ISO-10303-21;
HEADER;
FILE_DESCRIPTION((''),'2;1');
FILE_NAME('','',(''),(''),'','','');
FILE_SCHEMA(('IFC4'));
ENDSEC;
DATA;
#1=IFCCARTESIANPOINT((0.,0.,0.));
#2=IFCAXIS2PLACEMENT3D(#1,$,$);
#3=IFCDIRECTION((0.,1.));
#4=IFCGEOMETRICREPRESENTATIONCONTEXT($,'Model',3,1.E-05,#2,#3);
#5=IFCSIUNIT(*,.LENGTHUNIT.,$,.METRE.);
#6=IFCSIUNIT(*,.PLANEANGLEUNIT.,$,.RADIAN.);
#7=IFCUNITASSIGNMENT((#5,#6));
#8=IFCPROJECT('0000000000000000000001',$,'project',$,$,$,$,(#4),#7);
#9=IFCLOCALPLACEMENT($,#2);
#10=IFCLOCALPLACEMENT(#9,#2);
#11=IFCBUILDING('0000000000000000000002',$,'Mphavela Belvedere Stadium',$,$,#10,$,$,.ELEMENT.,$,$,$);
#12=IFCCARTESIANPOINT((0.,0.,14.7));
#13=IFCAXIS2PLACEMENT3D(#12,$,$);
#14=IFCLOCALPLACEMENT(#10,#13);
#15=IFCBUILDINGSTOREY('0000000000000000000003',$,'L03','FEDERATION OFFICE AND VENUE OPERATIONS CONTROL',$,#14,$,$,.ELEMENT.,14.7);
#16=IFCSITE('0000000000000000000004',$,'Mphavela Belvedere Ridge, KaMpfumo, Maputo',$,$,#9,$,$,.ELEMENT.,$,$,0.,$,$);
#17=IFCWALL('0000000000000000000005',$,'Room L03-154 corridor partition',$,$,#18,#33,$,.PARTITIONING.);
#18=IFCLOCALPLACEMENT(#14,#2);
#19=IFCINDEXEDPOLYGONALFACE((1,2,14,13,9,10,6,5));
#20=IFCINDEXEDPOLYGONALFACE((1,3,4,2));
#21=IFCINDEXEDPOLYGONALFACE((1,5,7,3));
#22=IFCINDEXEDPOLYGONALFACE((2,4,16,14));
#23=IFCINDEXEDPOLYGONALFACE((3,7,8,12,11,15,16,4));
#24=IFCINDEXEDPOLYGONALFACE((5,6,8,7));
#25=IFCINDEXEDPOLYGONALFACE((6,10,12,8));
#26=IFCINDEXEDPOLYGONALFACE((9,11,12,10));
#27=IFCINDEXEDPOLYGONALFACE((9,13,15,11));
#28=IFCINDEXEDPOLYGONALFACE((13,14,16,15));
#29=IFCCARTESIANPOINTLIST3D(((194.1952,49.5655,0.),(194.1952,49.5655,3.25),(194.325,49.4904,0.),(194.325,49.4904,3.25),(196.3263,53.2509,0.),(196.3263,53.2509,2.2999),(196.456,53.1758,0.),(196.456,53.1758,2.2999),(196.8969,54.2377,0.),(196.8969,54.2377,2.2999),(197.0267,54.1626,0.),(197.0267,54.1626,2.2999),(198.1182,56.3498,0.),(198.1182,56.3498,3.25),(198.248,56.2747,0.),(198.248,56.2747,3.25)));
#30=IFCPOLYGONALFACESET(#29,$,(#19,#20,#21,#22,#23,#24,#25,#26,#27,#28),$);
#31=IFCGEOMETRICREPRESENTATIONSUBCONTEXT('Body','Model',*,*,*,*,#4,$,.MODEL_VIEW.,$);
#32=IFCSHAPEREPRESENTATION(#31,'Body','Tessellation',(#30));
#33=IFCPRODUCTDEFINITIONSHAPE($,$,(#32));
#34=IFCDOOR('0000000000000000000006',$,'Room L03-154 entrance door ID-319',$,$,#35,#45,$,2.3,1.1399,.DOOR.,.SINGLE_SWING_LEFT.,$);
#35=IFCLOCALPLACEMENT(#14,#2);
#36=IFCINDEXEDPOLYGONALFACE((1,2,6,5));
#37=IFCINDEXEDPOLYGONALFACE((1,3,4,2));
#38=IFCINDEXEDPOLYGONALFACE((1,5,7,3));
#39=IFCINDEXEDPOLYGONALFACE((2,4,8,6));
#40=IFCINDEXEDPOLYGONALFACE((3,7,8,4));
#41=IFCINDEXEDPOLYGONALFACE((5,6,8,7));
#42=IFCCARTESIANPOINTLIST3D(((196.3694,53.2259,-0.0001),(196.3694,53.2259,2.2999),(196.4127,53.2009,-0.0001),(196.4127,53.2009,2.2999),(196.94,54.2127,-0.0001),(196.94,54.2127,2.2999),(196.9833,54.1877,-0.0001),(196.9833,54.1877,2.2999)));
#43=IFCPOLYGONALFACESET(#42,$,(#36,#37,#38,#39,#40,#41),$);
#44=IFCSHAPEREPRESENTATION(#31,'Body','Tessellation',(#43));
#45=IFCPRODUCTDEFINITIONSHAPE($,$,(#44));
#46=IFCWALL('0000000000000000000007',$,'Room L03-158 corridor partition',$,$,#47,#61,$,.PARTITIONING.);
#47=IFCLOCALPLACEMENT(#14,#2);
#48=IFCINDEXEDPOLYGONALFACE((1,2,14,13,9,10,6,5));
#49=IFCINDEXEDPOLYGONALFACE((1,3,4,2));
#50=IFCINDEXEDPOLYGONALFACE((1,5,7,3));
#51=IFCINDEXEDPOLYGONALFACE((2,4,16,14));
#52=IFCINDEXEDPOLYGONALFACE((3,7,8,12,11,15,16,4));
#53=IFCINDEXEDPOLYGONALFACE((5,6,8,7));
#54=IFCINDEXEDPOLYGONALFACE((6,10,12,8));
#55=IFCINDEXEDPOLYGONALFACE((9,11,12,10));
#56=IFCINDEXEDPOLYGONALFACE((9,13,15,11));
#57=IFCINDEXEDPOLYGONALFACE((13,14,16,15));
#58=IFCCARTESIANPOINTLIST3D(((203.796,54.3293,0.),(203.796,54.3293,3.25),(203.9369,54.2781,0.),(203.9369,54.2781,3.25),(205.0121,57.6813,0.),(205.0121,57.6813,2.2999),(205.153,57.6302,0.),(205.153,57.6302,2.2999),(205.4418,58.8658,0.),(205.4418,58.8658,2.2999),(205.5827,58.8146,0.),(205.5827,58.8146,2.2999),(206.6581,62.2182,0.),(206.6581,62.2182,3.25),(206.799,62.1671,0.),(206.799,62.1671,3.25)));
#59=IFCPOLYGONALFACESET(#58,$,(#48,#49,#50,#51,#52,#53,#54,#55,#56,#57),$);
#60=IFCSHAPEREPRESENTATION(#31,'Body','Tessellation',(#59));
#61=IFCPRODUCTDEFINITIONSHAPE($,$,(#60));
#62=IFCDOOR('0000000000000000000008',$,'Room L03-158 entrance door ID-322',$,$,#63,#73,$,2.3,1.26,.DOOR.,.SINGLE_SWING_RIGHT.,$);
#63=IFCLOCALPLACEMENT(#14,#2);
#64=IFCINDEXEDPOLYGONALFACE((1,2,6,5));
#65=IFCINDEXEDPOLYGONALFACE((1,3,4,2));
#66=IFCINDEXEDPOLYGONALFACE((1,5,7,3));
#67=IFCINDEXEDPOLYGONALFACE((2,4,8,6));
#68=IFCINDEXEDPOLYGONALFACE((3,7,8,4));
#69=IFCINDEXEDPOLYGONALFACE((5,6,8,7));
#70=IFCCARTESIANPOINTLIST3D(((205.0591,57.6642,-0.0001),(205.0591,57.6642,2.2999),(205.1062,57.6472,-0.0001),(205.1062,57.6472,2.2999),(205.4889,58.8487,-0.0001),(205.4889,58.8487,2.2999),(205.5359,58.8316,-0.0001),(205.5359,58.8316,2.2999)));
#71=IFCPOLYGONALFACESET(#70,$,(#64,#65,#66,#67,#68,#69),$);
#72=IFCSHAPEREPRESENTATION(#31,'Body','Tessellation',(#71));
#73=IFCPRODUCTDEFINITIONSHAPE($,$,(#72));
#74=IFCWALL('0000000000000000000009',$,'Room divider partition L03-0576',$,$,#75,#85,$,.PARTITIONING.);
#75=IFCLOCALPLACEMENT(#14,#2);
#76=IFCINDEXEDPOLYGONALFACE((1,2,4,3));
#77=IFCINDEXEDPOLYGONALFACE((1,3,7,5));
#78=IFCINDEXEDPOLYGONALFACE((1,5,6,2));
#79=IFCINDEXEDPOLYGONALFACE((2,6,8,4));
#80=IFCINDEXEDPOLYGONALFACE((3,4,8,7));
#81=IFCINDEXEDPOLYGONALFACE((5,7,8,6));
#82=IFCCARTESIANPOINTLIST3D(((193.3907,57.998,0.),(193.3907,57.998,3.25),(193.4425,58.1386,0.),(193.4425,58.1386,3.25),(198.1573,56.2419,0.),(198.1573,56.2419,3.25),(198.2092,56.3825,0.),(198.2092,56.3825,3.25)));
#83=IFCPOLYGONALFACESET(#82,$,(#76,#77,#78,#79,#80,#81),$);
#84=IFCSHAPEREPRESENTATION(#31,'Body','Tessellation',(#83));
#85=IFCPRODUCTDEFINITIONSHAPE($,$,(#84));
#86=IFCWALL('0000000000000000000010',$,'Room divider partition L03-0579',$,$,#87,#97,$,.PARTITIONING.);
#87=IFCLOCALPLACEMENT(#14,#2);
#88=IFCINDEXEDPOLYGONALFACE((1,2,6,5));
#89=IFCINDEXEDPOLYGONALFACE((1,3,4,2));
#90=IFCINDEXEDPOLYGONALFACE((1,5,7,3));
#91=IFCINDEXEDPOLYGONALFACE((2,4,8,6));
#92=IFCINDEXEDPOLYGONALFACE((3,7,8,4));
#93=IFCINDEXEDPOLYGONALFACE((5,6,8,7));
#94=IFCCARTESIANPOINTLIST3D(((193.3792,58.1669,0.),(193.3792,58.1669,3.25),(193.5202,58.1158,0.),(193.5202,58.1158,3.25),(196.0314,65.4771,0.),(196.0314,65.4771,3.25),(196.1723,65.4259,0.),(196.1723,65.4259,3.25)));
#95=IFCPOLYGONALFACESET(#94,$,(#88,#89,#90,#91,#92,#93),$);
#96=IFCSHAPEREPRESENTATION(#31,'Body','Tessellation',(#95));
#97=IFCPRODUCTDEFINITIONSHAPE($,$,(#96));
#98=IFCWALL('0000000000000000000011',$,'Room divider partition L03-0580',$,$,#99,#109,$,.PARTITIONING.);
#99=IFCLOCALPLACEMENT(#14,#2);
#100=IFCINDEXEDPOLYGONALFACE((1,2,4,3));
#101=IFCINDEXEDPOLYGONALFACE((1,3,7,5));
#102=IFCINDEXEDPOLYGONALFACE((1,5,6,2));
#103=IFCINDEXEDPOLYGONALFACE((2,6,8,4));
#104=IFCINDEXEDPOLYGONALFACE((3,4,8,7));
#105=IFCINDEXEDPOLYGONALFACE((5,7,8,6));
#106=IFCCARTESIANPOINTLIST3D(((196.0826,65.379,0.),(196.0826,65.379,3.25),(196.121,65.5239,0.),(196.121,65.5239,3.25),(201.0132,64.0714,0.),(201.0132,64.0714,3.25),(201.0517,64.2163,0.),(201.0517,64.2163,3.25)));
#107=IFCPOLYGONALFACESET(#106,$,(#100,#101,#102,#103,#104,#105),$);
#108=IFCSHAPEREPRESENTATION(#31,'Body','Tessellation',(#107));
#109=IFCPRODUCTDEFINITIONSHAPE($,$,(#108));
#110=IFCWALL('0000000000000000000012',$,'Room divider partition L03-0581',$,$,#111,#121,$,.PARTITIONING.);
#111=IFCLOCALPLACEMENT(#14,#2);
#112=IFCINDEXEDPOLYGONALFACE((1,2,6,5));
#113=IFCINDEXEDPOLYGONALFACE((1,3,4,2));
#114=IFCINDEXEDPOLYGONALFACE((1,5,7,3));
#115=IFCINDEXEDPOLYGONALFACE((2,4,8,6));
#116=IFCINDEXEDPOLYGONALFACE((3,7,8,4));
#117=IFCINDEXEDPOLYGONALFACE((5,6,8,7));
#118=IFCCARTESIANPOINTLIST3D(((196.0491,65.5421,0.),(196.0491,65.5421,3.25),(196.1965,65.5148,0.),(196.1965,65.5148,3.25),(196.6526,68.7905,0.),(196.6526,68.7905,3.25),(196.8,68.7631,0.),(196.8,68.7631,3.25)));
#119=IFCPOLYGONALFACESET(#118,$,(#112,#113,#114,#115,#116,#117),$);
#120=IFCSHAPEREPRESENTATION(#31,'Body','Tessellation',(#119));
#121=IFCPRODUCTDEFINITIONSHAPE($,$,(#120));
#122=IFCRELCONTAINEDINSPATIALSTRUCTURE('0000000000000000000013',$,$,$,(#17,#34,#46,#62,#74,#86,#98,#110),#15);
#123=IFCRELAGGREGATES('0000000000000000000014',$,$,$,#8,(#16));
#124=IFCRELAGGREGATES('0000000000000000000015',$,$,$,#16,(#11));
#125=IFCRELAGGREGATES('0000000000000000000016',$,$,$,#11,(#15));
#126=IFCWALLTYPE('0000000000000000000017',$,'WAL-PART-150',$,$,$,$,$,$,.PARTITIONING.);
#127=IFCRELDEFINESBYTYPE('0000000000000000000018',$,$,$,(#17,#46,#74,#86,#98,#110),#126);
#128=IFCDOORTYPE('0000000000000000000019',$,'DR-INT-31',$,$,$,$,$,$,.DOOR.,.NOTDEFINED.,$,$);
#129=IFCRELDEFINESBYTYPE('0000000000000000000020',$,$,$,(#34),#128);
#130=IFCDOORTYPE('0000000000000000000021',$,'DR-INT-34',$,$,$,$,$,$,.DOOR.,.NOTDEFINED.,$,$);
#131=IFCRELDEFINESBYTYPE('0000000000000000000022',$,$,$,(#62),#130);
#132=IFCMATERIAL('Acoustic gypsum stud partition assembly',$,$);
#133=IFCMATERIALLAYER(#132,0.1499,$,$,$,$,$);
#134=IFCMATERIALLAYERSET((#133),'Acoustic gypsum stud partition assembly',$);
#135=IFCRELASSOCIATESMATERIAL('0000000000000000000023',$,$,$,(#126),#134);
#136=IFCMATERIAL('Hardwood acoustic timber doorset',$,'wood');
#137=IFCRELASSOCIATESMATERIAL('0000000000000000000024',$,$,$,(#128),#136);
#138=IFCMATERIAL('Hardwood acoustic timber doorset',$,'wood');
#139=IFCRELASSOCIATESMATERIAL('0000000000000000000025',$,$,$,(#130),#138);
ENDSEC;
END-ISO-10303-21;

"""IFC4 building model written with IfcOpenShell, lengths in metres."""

from ifc_helpers import new_model, si_unit, direction, frame, frame_2d, origin, place, context, subcontext, project, spatial, rectangle, extrude, material, layer, layer_set, type_object, element, fill, save


model = new_model("IFC4")

# Units and contexts
model_context = context("Model", 3, precision=1e-05, world=origin(), true_north=direction((0.0, 1.0)))
body_context = subcontext(model_context, "Body", "Model", "MODEL_VIEW")
ifc_project = project(units=[si_unit("LENGTHUNIT", "METRE"), si_unit("PLANEANGLEUNIT", "RADIAN")], contexts=[model_context])

# Site, building, storey
site_placement = place(None, origin())
site = spatial("IfcSite", under=ifc_project, at=site_placement, Name="Mphavela Belvedere Ridge, KaMpfumo, Maputo", CompositionType="ELEMENT", RefElevation=0.0)
building_placement = place(site_placement, origin())
building = spatial("IfcBuilding", under=site, at=building_placement, Name="Mphavela Belvedere Stadium", CompositionType="ELEMENT")
storey_placement = place(building_placement, frame((0.0, 0.0, 14.7)))
storey = spatial("IfcBuildingStorey", under=building, at=storey_placement, Name="L03", Description="FEDERATION OFFICE AND VENUE OPERATIONS CONTROL", CompositionType="ELEMENT", Elevation=14.7)

# Walls, openings, doors
ifc_material_1 = material(Name="Acoustic gypsum stud partition assembly")
ifc_layer_1 = layer(ifc_material_1, 0.1499)
ifc_layer_set_1 = layer_set([ifc_layer_1], Name="Acoustic gypsum stud partition assembly")
wall_type_1 = type_object("IfcWallType", Name="WAL-PART-150", PredefinedType="PARTITIONING", material=ifc_layer_set_1)
wall_1_placement = place(storey_placement, frame((198.1831, 56.3123, 0.0), z_axis=(0.0, 0.0, 1.0), x_axis=(-0.500584, -0.865688, 0.0)))
wall_1 = element("IfcWall", 1, at=wall_1_placement, inside=storey, type_object=wall_type_1, Name="Room L03-154 corridor partition", PredefinedType="PARTITIONING", context=body_context, shape_type="SweptSolid", body=[
    extrude(rectangle(XDim=7.8369, YDim=0.1499, at=frame_2d((3.9185, 0.0))), origin(), (0.0, 0.0, 1.0), 3.25),
])
opening_1_placement = place(wall_1_placement, frame((2.4399, 0.0, 0.0)))
opening_1 = element("IfcOpeningElement", 2, at=opening_1_placement, cuts=wall_1, PredefinedType="OPENING", context=body_context, shape_type="SweptSolid", body=[
    extrude(rectangle(XDim=1.1399, YDim=2.3, at=frame_2d((0.5698, 1.1499))), frame((0.0, 0.085, 0.0), z_axis=(0.0, -1.0, 0.0), x_axis=(1.0, 0.0, 0.0)), (0.0, 0.0, 1.0), 0.1699),
])
ifc_material_2 = material(Name="Hardwood acoustic timber doorset", Category="wood")
door_type_1 = type_object("IfcDoorType", Name="DR-INT-31", OperationType="NOTDEFINED", PredefinedType="DOOR", material=ifc_material_2)
door_1_placement = place(opening_1_placement, origin())
door_1 = element("IfcDoor", 3, at=door_1_placement, inside=storey, type_object=door_type_1, Name="Room L03-154 entrance door ID-319", OperationType="SINGLE_SWING_LEFT", OverallHeight=2.3, OverallWidth=1.1399, PredefinedType="DOOR", context=body_context, shape_type="SweptSolid", body=[
    extrude(rectangle(XDim=1.1399, YDim=2.3, at=frame_2d((0.5698, 1.1499))), frame((0.0, 0.0249, 0.0), z_axis=(0.0, -1.0, 0.0), x_axis=(1.0, 0.0, 0.0)), (0.0, 0.0, 1.0), 0.05),
])
fill(opening_1, door_1)
wall_2_placement = place(storey_placement, frame((203.8665, 54.3037, 0.0), z_axis=(0.0, 0.0, 1.0), x_axis=(0.341045, 0.940047, 0.0)))
wall_2 = element("IfcWall", 4, at=wall_2_placement, inside=storey, type_object=wall_type_1, Name="Room L03-158 corridor partition", PredefinedType="PARTITIONING", context=body_context, shape_type="SweptSolid", body=[
    extrude(rectangle(XDim=8.3921, YDim=0.1499, at=frame_2d((4.196, 0.0))), origin(), (0.0, 0.0, 1.0), 3.25),
])
opening_2_placement = place(wall_2_placement, frame((3.5659, 0.0, 0.0)))
opening_2 = element("IfcOpeningElement", 5, at=opening_2_placement, cuts=wall_2, PredefinedType="OPENING", context=body_context, shape_type="SweptSolid", body=[
    extrude(rectangle(XDim=1.26, YDim=2.3, at=frame_2d((0.6299, 1.1499))), frame((0.0, 0.085, 0.0), z_axis=(0.0, -1.0, 0.0), x_axis=(1.0, 0.0, 0.0)), (0.0, 0.0, 1.0), 0.1699),
])
ifc_material_3 = material(Name="Hardwood acoustic timber doorset", Category="wood")
door_type_2 = type_object("IfcDoorType", Name="DR-INT-34", OperationType="NOTDEFINED", PredefinedType="DOOR", material=ifc_material_3)
door_2_placement = place(opening_2_placement, origin())
door_2 = element("IfcDoor", 6, at=door_2_placement, inside=storey, type_object=door_type_2, Name="Room L03-158 entrance door ID-322", OperationType="SINGLE_SWING_RIGHT", OverallHeight=2.3, OverallWidth=1.26, PredefinedType="DOOR", context=body_context, shape_type="SweptSolid", body=[
    extrude(rectangle(XDim=1.26, YDim=2.3, at=frame_2d((0.6299, 1.1499))), frame((0.0, 0.0249, 0.0), z_axis=(0.0, -1.0, 0.0), x_axis=(1.0, 0.0, 0.0)), (0.0, 0.0, 1.0), 0.05),
])
fill(opening_2, door_2)

# Walls
wall_3_placement = place(storey_placement, frame((193.4165, 58.0684, 0.0), z_axis=(0.0, 0.0, 1.0), x_axis=(0.938344, -0.345703, 0.0)))
element("IfcWall", 7, at=wall_3_placement, inside=storey, type_object=wall_type_1, Name="Room divider partition L03-0576", PredefinedType="PARTITIONING", context=body_context, shape_type="SweptSolid", body=[
    extrude(rectangle(XDim=5.0798, YDim=0.1499, at=frame_2d((2.54, 0.0))), origin(), (0.0, 0.0, 1.0), 3.25),
])
wall_4_placement = place(storey_placement, frame((193.4497, 58.1414, 0.0), z_axis=(0.0, 0.0, 1.0), x_axis=(0.34105, 0.940045, 0.0)))
element("IfcWall", 8, at=wall_4_placement, inside=storey, type_object=wall_type_1, Name="Room divider partition L03-0579", PredefinedType="PARTITIONING", context=body_context, shape_type="SweptSolid", body=[
    extrude(rectangle(XDim=7.7764, YDim=0.1499, at=frame_2d((3.8882, 0.0))), origin(), (0.0, 0.0, 1.0), 3.25),
])
wall_5_placement = place(storey_placement, frame((196.1018, 65.4514, 0.0), z_axis=(0.0, 0.0, 1.0), x_axis=(0.966587, -0.25634, 0.0)))
element("IfcWall", 9, at=wall_5_placement, inside=storey, type_object=wall_type_1, Name="Room divider partition L03-0580", PredefinedType="PARTITIONING", context=body_context, shape_type="SweptSolid", body=[
    extrude(rectangle(XDim=5.1011, YDim=0.1499, at=frame_2d((2.5505, 0.0))), origin(), (0.0, 0.0, 1.0), 3.25),
])
wall_6_placement = place(storey_placement, frame((196.1228, 65.5286, 0.0), z_axis=(0.0, 0.0, 1.0), x_axis=(0.182669, 0.983175, 0.0)))
element("IfcWall", 10, at=wall_6_placement, inside=storey, type_object=wall_type_1, Name="Room divider partition L03-0581", PredefinedType="PARTITIONING", context=body_context, shape_type="SweptSolid", body=[
    extrude(rectangle(XDim=3.304, YDim=0.1499, at=frame_2d((1.6519, 0.0))), origin(), (0.0, 0.0, 1.0), 3.25),
])

save(model, "model.ifc")
